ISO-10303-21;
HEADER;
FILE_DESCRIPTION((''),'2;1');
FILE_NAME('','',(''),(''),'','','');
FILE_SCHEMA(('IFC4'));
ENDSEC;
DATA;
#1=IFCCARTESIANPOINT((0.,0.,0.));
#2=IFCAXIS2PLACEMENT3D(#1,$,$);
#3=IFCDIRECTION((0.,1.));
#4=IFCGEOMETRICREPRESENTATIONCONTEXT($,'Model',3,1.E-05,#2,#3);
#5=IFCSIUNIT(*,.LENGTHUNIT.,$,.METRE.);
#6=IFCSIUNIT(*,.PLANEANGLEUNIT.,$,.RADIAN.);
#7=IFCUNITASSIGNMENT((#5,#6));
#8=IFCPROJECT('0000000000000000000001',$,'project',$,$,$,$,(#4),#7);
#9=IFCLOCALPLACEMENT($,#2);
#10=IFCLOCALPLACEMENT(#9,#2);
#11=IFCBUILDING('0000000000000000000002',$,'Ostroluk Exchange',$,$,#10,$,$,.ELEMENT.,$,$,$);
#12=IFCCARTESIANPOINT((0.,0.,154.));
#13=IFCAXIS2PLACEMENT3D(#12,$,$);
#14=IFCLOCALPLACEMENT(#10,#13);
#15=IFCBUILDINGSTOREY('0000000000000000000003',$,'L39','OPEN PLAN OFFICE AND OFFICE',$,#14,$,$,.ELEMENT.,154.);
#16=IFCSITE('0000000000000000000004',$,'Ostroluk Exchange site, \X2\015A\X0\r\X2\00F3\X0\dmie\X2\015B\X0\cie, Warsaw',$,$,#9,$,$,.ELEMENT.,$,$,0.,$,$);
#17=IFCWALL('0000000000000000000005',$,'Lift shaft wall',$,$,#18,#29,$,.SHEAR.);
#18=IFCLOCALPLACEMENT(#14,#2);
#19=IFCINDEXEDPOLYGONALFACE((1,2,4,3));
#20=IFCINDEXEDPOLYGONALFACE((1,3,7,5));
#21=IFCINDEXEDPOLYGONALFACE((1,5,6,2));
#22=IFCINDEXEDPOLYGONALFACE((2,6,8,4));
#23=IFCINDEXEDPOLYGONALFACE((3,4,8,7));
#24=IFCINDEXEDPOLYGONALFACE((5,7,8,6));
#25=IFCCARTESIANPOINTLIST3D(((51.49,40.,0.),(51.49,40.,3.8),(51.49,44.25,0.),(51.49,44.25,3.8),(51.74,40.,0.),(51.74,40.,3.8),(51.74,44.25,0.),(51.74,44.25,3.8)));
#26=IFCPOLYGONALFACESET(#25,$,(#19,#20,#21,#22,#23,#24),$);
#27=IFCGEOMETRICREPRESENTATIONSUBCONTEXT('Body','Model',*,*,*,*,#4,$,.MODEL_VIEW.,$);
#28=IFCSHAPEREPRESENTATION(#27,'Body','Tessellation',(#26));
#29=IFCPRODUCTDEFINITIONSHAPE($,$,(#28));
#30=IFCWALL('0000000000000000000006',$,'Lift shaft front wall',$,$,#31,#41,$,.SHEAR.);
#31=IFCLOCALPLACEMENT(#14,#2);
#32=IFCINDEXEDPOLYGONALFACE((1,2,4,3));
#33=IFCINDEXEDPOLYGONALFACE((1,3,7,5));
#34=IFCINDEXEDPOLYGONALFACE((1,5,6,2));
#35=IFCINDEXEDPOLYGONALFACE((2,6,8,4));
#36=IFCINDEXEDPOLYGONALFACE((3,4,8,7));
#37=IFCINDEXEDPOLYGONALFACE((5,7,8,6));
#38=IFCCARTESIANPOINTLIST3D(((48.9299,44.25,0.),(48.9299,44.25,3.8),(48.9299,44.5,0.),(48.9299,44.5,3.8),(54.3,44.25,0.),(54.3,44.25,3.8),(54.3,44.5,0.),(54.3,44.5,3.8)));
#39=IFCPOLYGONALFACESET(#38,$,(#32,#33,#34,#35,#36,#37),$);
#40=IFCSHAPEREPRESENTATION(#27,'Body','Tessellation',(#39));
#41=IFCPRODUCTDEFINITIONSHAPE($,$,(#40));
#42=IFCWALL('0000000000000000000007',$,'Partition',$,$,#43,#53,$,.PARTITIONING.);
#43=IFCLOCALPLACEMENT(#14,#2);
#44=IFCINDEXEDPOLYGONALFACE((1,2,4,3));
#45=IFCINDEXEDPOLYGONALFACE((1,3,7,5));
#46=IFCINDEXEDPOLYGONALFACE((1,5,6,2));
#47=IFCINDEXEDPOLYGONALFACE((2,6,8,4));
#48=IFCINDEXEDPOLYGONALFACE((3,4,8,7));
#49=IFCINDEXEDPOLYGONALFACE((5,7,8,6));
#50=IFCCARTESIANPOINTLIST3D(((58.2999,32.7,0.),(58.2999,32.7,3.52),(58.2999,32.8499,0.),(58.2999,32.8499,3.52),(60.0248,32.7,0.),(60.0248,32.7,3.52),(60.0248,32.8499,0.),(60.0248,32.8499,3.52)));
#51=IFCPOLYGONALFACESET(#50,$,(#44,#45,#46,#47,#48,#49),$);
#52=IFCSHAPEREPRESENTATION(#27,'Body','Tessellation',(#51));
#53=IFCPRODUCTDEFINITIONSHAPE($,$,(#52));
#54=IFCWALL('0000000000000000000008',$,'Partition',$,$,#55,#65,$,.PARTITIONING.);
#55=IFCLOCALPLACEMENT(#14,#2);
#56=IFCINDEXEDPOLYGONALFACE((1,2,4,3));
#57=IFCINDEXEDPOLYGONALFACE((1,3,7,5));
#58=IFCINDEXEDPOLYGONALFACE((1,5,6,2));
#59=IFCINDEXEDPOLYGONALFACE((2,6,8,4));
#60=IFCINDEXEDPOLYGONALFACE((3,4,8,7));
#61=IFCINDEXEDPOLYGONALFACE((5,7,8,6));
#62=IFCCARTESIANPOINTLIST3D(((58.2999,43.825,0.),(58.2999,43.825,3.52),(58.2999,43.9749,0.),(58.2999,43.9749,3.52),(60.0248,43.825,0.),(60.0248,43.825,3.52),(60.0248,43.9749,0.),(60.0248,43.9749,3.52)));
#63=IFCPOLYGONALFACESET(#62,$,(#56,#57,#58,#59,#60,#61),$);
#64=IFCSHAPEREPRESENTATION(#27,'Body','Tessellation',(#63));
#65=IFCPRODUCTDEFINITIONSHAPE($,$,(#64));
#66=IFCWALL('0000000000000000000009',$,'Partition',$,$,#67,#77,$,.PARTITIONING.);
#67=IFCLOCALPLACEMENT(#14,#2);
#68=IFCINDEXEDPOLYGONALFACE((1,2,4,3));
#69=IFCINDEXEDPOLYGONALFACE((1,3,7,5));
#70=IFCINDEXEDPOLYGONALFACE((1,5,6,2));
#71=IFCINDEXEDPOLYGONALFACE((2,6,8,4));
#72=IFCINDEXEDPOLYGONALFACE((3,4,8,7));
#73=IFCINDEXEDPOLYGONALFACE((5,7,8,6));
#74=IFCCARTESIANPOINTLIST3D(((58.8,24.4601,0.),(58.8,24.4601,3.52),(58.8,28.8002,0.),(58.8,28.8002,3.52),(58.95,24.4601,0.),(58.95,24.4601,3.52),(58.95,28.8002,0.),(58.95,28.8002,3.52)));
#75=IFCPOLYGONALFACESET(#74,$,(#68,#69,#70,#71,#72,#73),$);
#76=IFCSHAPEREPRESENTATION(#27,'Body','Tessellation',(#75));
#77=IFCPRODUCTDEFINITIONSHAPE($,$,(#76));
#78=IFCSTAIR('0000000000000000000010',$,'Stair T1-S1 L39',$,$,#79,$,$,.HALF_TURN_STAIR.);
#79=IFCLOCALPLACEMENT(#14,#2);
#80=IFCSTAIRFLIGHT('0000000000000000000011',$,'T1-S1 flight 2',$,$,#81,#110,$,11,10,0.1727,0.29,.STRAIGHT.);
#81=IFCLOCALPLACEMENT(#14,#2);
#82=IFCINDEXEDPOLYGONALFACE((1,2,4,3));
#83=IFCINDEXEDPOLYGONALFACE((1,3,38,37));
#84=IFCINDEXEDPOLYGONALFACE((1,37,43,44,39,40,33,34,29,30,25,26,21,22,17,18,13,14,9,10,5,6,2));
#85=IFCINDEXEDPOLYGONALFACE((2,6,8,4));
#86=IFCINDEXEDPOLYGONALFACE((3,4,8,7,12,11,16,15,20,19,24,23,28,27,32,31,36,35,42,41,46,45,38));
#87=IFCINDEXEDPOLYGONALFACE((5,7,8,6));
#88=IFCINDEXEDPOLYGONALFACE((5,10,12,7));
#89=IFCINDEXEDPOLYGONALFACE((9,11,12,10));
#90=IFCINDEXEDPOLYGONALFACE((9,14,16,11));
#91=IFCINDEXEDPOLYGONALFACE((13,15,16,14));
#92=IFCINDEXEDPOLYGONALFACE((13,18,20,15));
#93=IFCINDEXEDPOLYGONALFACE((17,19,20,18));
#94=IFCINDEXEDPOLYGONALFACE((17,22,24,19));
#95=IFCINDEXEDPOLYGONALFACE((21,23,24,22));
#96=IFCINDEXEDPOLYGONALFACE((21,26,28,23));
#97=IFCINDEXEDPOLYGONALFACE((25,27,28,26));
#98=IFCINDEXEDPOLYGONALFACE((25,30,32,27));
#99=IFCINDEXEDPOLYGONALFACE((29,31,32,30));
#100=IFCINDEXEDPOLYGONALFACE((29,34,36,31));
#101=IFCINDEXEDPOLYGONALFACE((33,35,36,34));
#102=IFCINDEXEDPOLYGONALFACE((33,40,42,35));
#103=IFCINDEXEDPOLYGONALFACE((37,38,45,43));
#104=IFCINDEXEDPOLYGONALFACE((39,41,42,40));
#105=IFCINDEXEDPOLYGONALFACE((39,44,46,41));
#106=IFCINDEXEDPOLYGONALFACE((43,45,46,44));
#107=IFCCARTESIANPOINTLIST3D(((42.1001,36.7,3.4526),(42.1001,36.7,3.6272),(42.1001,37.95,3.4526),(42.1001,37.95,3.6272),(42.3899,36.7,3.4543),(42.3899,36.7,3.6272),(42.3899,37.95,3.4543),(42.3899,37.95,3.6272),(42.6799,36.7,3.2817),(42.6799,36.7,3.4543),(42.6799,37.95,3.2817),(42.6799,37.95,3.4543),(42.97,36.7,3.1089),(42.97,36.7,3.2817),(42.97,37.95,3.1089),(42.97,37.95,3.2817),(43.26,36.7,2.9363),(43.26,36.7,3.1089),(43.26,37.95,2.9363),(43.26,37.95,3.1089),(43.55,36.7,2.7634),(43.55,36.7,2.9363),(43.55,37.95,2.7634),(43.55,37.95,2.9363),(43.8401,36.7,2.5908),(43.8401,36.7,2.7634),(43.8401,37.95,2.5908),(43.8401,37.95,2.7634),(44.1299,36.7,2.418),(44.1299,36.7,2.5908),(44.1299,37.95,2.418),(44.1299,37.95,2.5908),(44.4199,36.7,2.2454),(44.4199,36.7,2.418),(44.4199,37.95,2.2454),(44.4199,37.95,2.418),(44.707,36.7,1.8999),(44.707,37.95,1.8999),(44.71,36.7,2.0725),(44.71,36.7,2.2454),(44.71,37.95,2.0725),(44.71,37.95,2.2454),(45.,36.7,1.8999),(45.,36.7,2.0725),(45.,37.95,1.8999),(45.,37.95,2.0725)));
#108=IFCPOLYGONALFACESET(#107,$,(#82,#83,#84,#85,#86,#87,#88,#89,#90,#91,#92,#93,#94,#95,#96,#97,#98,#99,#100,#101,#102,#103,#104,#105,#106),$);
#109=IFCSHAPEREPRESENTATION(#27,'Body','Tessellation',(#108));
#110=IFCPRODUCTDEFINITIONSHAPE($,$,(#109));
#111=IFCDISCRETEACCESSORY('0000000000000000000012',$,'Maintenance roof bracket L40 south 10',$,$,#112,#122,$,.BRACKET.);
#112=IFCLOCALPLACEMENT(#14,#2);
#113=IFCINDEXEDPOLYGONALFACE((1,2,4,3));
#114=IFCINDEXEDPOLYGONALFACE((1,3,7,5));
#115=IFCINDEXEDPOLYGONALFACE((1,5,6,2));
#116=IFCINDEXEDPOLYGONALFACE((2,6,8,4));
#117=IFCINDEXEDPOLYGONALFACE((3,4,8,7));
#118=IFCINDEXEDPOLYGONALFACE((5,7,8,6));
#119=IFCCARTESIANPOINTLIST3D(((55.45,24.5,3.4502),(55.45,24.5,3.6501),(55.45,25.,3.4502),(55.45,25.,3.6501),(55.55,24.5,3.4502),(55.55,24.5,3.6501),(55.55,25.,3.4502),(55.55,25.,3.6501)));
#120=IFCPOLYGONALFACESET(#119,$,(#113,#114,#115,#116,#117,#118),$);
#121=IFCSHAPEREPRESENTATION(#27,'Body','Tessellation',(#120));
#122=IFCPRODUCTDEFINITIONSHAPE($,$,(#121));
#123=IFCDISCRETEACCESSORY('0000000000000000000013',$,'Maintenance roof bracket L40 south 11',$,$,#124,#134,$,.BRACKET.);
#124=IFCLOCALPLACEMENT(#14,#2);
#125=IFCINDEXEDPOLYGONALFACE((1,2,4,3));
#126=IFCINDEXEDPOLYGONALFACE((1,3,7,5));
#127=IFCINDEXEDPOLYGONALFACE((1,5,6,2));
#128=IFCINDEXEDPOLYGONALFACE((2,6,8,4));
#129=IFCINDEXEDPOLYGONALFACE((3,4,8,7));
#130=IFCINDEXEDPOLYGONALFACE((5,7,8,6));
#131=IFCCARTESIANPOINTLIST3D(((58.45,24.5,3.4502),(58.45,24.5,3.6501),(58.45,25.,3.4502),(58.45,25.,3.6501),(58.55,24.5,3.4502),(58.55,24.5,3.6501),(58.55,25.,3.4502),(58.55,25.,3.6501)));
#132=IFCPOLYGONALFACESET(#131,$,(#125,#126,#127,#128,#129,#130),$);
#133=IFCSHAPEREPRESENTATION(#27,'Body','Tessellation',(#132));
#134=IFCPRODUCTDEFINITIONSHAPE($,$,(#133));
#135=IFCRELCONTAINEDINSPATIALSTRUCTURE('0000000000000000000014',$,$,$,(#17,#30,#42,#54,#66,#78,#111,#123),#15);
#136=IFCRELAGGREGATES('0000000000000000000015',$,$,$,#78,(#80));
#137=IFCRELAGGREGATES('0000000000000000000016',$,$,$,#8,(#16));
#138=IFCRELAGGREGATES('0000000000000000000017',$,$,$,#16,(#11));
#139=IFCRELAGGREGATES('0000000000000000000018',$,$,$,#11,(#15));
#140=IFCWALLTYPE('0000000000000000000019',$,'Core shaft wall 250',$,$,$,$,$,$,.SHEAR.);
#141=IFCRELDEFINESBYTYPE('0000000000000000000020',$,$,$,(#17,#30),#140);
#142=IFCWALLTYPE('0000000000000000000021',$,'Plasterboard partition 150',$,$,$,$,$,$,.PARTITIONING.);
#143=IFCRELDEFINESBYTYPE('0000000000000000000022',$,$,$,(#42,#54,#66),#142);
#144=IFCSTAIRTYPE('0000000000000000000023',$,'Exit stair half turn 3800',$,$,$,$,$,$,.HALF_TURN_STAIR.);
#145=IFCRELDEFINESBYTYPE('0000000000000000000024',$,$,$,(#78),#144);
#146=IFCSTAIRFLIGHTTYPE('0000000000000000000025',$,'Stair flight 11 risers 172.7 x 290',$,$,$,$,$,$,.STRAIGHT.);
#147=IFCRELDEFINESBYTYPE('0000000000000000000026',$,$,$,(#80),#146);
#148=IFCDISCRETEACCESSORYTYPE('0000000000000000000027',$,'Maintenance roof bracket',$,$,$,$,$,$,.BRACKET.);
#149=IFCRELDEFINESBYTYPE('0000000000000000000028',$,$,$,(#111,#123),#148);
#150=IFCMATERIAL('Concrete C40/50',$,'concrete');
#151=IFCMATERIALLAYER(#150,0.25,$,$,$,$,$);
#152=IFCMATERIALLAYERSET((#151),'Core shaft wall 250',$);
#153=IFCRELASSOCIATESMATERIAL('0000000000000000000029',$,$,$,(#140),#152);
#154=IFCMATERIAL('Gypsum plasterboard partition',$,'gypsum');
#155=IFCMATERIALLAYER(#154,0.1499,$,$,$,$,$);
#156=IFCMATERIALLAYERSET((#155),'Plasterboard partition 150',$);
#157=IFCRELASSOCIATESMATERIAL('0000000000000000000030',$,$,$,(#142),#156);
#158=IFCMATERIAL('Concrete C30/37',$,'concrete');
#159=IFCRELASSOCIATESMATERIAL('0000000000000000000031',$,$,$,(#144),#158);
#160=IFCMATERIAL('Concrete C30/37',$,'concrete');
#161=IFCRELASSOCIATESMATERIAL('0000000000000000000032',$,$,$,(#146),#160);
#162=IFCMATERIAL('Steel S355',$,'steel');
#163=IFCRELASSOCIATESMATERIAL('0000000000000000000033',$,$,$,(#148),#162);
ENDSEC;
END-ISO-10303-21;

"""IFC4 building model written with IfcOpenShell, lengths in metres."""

from ifc_helpers import new_model, si_unit, direction, frame, frame_2d, origin, origin_2d, place, context, subcontext, project, spatial, polyline, rectangle, outline, extrude, material, layer, layer_set, type_object, element, aggregate, save


model = new_model("IFC4")

# Units and contexts
model_context = context("Model", 3, precision=1e-05, world=origin(), true_north=direction((0.0, 1.0)))
body_context = subcontext(model_context, "Body", "Model", "MODEL_VIEW")
ifc_project = project(units=[si_unit("LENGTHUNIT", "METRE"), si_unit("PLANEANGLEUNIT", "RADIAN")], contexts=[model_context])

# Site, building, storey
site_placement = place(None, origin())
site = spatial("IfcSite", under=ifc_project, at=site_placement, Name="Ostroluk Exchange site, Śródmieście, Warsaw", CompositionType="ELEMENT", RefElevation=0.0)
building_placement = place(site_placement, origin())
building = spatial("IfcBuilding", under=site, at=building_placement, Name="Ostroluk Exchange", CompositionType="ELEMENT")
storey_placement = place(building_placement, frame((0.0, 0.0, 154.0)))
storey = spatial("IfcBuildingStorey", under=building, at=storey_placement, Name="L39", Description="OPEN PLAN OFFICE AND OFFICE", CompositionType="ELEMENT", Elevation=154.0)

# Shared definitions
ifc_material_1 = material(Name="Concrete C40/50", Category="concrete")
ifc_layer_1 = layer(ifc_material_1, 0.25)
ifc_layer_set_1 = layer_set([ifc_layer_1], Name="Core shaft wall 250")
wall_type_1 = type_object("IfcWallType", Name="Core shaft wall 250", PredefinedType="SHEAR", material=ifc_layer_set_1)

# Walls
wall_1_placement = place(storey_placement, frame((51.615, 44.25, 0.0), z_axis=(0.0, 0.0, 1.0), x_axis=(0.0, -1.0, 0.0)))
element("IfcWall", 1, at=wall_1_placement, inside=storey, type_object=wall_type_1, Name="Lift shaft wall", PredefinedType="SHEAR", context=body_context, shape_type="SweptSolid", body=[
    extrude(rectangle(XDim=4.25, YDim=0.25, at=frame_2d((2.125, 0.0))), origin(), (0.0, 0.0, 1.0), 3.8),
])
wall_2_placement = place(storey_placement, frame((48.9299, 44.375, 0.0), z_axis=(0.0, 0.0, 1.0), x_axis=(1.0, 0.0, 0.0)))
element("IfcWall", 2, at=wall_2_placement, inside=storey, type_object=wall_type_1, Name="Lift shaft front wall", PredefinedType="SHEAR", context=body_context, shape_type="SweptSolid", body=[
    extrude(rectangle(XDim=5.3701, YDim=0.25, at=frame_2d((2.6851, 0.0))), origin(), (0.0, 0.0, 1.0), 3.8),
])

# Walls
ifc_material_2 = material(Name="Gypsum plasterboard partition", Category="gypsum")
ifc_layer_2 = layer(ifc_material_2, 0.1499)
ifc_layer_set_2 = layer_set([ifc_layer_2], Name="Plasterboard partition 150")
wall_type_2 = type_object("IfcWallType", Name="Plasterboard partition 150", PredefinedType="PARTITIONING", material=ifc_layer_set_2)
for number, where, z_axis, x_axis, name in (
    (3, (58.3, 32.7749, 0.0), (0.0, 0.0, 1.0), (1.0, 0.0, 0.0), "Partition"),
    (4, (58.3, 43.8999, 0.0), (0.0, 0.0, 1.0), (1.0, 0.0, 0.0), "Partition"),
):
    element("IfcWall", number, at=place(storey_placement, frame(where, z_axis=z_axis, x_axis=x_axis)), inside=storey, type_object=wall_type_2, Name=name, PredefinedType="PARTITIONING", context=body_context, shape_type="SweptSolid", body=[
        extrude(rectangle(XDim=1.7249, YDim=0.1499, at=frame_2d((0.8623, 0.0))), origin(), (0.0, 0.0, 1.0), 3.52),
    ])
wall_3_placement = place(storey_placement, frame((58.875, 28.8, 0.0), z_axis=(0.0, 0.0, 1.0), x_axis=(0.0, -1.0, 0.0)))
element("IfcWall", 5, at=wall_3_placement, inside=storey, type_object=wall_type_2, Name="Partition", PredefinedType="PARTITIONING", context=body_context, shape_type="SweptSolid", body=[
    extrude(rectangle(XDim=4.3401, YDim=0.1499, at=frame_2d((2.1699, 0.0))), origin(), (0.0, 0.0, 1.0), 3.52),
])

# Stair, stair flight
ifc_material_3 = material(Name="Concrete C30/37", Category="concrete")
stair_type = type_object("IfcStairType", Name="Exit stair half turn 3800", PredefinedType="HALF_TURN_STAIR", material=ifc_material_3)
stair_placement = place(storey_placement, origin())
stair = element("IfcStair", 6, at=stair_placement, inside=storey, type_object=stair_type, Name="Stair T1-S1 L39", PredefinedType="HALF_TURN_STAIR")
ifc_material_4 = material(Name="Concrete C30/37", Category="concrete")
stair_flight_type = type_object("IfcStairFlightType", Name="Stair flight 11 risers 172.7 x 290", PredefinedType="STRAIGHT", material=ifc_material_4)
stair_flight_placement = place(storey_placement, frame((45.0, 37.325, 1.8999), z_axis=(0.0, 0.0, 1.0), x_axis=(-1.0, 0.0, 0.0)))
stair_flight = element("IfcStairFlight", 7, at=stair_flight_placement, type_object=stair_flight_type, Name="T1-S1 flight 2", NumberOfRisers=11, NumberOfTreads=10, PredefinedType="STRAIGHT", RiserHeight=0.1727, TreadLength=0.29, context=body_context, shape_type="SweptSolid", body=[
    extrude(outline(polyline([(0.0, 0.0), (0.0, 0.1726), (0.29, 0.1726), (0.29, 0.3455), (0.5801, 0.3455), (0.5801, 0.5181), (0.8701, 0.5181), (0.8701, 0.6909), (1.1599, 0.6909), (1.1599, 0.8635), (1.45, 0.8635), (1.45, 1.0364), (1.74, 1.0364), (1.74, 1.209), (2.03, 1.209), (2.03, 1.3818), (2.3201, 1.3818), (2.3201, 1.5544), (2.6101, 1.5544), (2.6101, 1.7273), (2.8999, 1.7273), (2.8999, 1.8999), (2.8999, 1.5527), (0.293, 0.0), (0.0, 0.0)])), frame((0.0, 0.625, 0.0), z_axis=(0.0, -1.0, 0.0), x_axis=(1.0, 0.0, 0.0)), (0.0, 0.0, 1.0), 1.25),
])
aggregate(stair, [stair_flight])

# Discrete accessories
ifc_material_5 = material(Name="Steel S355", Category="steel")
discrete_accessory_type = type_object("IfcDiscreteAccessoryType", Name="Maintenance roof bracket", PredefinedType="BRACKET", material=ifc_material_5)
for number, where, z_axis, x_axis, name in (
    (8, (55.5, 24.75, 3.4502), (0.0, 0.0, 1.0), (1.0, 0.0, 0.0), "Maintenance roof bracket L40 south 10"),
    (9, (58.5, 24.75, 3.4502), (0.0, 0.0, 1.0), (1.0, 0.0, 0.0), "Maintenance roof bracket L40 south 11"),
):
    element("IfcDiscreteAccessory", number, at=place(storey_placement, frame(where, z_axis=z_axis, x_axis=x_axis)), inside=storey, type_object=discrete_accessory_type, Name=name, PredefinedType="BRACKET", context=body_context, shape_type="SweptSolid", body=[
        extrude(rectangle(XDim=0.1001, YDim=0.5, at=origin_2d()), origin(), (0.0, 0.0, 1.0), 0.2),
    ])

save(model, "model.ifc")
